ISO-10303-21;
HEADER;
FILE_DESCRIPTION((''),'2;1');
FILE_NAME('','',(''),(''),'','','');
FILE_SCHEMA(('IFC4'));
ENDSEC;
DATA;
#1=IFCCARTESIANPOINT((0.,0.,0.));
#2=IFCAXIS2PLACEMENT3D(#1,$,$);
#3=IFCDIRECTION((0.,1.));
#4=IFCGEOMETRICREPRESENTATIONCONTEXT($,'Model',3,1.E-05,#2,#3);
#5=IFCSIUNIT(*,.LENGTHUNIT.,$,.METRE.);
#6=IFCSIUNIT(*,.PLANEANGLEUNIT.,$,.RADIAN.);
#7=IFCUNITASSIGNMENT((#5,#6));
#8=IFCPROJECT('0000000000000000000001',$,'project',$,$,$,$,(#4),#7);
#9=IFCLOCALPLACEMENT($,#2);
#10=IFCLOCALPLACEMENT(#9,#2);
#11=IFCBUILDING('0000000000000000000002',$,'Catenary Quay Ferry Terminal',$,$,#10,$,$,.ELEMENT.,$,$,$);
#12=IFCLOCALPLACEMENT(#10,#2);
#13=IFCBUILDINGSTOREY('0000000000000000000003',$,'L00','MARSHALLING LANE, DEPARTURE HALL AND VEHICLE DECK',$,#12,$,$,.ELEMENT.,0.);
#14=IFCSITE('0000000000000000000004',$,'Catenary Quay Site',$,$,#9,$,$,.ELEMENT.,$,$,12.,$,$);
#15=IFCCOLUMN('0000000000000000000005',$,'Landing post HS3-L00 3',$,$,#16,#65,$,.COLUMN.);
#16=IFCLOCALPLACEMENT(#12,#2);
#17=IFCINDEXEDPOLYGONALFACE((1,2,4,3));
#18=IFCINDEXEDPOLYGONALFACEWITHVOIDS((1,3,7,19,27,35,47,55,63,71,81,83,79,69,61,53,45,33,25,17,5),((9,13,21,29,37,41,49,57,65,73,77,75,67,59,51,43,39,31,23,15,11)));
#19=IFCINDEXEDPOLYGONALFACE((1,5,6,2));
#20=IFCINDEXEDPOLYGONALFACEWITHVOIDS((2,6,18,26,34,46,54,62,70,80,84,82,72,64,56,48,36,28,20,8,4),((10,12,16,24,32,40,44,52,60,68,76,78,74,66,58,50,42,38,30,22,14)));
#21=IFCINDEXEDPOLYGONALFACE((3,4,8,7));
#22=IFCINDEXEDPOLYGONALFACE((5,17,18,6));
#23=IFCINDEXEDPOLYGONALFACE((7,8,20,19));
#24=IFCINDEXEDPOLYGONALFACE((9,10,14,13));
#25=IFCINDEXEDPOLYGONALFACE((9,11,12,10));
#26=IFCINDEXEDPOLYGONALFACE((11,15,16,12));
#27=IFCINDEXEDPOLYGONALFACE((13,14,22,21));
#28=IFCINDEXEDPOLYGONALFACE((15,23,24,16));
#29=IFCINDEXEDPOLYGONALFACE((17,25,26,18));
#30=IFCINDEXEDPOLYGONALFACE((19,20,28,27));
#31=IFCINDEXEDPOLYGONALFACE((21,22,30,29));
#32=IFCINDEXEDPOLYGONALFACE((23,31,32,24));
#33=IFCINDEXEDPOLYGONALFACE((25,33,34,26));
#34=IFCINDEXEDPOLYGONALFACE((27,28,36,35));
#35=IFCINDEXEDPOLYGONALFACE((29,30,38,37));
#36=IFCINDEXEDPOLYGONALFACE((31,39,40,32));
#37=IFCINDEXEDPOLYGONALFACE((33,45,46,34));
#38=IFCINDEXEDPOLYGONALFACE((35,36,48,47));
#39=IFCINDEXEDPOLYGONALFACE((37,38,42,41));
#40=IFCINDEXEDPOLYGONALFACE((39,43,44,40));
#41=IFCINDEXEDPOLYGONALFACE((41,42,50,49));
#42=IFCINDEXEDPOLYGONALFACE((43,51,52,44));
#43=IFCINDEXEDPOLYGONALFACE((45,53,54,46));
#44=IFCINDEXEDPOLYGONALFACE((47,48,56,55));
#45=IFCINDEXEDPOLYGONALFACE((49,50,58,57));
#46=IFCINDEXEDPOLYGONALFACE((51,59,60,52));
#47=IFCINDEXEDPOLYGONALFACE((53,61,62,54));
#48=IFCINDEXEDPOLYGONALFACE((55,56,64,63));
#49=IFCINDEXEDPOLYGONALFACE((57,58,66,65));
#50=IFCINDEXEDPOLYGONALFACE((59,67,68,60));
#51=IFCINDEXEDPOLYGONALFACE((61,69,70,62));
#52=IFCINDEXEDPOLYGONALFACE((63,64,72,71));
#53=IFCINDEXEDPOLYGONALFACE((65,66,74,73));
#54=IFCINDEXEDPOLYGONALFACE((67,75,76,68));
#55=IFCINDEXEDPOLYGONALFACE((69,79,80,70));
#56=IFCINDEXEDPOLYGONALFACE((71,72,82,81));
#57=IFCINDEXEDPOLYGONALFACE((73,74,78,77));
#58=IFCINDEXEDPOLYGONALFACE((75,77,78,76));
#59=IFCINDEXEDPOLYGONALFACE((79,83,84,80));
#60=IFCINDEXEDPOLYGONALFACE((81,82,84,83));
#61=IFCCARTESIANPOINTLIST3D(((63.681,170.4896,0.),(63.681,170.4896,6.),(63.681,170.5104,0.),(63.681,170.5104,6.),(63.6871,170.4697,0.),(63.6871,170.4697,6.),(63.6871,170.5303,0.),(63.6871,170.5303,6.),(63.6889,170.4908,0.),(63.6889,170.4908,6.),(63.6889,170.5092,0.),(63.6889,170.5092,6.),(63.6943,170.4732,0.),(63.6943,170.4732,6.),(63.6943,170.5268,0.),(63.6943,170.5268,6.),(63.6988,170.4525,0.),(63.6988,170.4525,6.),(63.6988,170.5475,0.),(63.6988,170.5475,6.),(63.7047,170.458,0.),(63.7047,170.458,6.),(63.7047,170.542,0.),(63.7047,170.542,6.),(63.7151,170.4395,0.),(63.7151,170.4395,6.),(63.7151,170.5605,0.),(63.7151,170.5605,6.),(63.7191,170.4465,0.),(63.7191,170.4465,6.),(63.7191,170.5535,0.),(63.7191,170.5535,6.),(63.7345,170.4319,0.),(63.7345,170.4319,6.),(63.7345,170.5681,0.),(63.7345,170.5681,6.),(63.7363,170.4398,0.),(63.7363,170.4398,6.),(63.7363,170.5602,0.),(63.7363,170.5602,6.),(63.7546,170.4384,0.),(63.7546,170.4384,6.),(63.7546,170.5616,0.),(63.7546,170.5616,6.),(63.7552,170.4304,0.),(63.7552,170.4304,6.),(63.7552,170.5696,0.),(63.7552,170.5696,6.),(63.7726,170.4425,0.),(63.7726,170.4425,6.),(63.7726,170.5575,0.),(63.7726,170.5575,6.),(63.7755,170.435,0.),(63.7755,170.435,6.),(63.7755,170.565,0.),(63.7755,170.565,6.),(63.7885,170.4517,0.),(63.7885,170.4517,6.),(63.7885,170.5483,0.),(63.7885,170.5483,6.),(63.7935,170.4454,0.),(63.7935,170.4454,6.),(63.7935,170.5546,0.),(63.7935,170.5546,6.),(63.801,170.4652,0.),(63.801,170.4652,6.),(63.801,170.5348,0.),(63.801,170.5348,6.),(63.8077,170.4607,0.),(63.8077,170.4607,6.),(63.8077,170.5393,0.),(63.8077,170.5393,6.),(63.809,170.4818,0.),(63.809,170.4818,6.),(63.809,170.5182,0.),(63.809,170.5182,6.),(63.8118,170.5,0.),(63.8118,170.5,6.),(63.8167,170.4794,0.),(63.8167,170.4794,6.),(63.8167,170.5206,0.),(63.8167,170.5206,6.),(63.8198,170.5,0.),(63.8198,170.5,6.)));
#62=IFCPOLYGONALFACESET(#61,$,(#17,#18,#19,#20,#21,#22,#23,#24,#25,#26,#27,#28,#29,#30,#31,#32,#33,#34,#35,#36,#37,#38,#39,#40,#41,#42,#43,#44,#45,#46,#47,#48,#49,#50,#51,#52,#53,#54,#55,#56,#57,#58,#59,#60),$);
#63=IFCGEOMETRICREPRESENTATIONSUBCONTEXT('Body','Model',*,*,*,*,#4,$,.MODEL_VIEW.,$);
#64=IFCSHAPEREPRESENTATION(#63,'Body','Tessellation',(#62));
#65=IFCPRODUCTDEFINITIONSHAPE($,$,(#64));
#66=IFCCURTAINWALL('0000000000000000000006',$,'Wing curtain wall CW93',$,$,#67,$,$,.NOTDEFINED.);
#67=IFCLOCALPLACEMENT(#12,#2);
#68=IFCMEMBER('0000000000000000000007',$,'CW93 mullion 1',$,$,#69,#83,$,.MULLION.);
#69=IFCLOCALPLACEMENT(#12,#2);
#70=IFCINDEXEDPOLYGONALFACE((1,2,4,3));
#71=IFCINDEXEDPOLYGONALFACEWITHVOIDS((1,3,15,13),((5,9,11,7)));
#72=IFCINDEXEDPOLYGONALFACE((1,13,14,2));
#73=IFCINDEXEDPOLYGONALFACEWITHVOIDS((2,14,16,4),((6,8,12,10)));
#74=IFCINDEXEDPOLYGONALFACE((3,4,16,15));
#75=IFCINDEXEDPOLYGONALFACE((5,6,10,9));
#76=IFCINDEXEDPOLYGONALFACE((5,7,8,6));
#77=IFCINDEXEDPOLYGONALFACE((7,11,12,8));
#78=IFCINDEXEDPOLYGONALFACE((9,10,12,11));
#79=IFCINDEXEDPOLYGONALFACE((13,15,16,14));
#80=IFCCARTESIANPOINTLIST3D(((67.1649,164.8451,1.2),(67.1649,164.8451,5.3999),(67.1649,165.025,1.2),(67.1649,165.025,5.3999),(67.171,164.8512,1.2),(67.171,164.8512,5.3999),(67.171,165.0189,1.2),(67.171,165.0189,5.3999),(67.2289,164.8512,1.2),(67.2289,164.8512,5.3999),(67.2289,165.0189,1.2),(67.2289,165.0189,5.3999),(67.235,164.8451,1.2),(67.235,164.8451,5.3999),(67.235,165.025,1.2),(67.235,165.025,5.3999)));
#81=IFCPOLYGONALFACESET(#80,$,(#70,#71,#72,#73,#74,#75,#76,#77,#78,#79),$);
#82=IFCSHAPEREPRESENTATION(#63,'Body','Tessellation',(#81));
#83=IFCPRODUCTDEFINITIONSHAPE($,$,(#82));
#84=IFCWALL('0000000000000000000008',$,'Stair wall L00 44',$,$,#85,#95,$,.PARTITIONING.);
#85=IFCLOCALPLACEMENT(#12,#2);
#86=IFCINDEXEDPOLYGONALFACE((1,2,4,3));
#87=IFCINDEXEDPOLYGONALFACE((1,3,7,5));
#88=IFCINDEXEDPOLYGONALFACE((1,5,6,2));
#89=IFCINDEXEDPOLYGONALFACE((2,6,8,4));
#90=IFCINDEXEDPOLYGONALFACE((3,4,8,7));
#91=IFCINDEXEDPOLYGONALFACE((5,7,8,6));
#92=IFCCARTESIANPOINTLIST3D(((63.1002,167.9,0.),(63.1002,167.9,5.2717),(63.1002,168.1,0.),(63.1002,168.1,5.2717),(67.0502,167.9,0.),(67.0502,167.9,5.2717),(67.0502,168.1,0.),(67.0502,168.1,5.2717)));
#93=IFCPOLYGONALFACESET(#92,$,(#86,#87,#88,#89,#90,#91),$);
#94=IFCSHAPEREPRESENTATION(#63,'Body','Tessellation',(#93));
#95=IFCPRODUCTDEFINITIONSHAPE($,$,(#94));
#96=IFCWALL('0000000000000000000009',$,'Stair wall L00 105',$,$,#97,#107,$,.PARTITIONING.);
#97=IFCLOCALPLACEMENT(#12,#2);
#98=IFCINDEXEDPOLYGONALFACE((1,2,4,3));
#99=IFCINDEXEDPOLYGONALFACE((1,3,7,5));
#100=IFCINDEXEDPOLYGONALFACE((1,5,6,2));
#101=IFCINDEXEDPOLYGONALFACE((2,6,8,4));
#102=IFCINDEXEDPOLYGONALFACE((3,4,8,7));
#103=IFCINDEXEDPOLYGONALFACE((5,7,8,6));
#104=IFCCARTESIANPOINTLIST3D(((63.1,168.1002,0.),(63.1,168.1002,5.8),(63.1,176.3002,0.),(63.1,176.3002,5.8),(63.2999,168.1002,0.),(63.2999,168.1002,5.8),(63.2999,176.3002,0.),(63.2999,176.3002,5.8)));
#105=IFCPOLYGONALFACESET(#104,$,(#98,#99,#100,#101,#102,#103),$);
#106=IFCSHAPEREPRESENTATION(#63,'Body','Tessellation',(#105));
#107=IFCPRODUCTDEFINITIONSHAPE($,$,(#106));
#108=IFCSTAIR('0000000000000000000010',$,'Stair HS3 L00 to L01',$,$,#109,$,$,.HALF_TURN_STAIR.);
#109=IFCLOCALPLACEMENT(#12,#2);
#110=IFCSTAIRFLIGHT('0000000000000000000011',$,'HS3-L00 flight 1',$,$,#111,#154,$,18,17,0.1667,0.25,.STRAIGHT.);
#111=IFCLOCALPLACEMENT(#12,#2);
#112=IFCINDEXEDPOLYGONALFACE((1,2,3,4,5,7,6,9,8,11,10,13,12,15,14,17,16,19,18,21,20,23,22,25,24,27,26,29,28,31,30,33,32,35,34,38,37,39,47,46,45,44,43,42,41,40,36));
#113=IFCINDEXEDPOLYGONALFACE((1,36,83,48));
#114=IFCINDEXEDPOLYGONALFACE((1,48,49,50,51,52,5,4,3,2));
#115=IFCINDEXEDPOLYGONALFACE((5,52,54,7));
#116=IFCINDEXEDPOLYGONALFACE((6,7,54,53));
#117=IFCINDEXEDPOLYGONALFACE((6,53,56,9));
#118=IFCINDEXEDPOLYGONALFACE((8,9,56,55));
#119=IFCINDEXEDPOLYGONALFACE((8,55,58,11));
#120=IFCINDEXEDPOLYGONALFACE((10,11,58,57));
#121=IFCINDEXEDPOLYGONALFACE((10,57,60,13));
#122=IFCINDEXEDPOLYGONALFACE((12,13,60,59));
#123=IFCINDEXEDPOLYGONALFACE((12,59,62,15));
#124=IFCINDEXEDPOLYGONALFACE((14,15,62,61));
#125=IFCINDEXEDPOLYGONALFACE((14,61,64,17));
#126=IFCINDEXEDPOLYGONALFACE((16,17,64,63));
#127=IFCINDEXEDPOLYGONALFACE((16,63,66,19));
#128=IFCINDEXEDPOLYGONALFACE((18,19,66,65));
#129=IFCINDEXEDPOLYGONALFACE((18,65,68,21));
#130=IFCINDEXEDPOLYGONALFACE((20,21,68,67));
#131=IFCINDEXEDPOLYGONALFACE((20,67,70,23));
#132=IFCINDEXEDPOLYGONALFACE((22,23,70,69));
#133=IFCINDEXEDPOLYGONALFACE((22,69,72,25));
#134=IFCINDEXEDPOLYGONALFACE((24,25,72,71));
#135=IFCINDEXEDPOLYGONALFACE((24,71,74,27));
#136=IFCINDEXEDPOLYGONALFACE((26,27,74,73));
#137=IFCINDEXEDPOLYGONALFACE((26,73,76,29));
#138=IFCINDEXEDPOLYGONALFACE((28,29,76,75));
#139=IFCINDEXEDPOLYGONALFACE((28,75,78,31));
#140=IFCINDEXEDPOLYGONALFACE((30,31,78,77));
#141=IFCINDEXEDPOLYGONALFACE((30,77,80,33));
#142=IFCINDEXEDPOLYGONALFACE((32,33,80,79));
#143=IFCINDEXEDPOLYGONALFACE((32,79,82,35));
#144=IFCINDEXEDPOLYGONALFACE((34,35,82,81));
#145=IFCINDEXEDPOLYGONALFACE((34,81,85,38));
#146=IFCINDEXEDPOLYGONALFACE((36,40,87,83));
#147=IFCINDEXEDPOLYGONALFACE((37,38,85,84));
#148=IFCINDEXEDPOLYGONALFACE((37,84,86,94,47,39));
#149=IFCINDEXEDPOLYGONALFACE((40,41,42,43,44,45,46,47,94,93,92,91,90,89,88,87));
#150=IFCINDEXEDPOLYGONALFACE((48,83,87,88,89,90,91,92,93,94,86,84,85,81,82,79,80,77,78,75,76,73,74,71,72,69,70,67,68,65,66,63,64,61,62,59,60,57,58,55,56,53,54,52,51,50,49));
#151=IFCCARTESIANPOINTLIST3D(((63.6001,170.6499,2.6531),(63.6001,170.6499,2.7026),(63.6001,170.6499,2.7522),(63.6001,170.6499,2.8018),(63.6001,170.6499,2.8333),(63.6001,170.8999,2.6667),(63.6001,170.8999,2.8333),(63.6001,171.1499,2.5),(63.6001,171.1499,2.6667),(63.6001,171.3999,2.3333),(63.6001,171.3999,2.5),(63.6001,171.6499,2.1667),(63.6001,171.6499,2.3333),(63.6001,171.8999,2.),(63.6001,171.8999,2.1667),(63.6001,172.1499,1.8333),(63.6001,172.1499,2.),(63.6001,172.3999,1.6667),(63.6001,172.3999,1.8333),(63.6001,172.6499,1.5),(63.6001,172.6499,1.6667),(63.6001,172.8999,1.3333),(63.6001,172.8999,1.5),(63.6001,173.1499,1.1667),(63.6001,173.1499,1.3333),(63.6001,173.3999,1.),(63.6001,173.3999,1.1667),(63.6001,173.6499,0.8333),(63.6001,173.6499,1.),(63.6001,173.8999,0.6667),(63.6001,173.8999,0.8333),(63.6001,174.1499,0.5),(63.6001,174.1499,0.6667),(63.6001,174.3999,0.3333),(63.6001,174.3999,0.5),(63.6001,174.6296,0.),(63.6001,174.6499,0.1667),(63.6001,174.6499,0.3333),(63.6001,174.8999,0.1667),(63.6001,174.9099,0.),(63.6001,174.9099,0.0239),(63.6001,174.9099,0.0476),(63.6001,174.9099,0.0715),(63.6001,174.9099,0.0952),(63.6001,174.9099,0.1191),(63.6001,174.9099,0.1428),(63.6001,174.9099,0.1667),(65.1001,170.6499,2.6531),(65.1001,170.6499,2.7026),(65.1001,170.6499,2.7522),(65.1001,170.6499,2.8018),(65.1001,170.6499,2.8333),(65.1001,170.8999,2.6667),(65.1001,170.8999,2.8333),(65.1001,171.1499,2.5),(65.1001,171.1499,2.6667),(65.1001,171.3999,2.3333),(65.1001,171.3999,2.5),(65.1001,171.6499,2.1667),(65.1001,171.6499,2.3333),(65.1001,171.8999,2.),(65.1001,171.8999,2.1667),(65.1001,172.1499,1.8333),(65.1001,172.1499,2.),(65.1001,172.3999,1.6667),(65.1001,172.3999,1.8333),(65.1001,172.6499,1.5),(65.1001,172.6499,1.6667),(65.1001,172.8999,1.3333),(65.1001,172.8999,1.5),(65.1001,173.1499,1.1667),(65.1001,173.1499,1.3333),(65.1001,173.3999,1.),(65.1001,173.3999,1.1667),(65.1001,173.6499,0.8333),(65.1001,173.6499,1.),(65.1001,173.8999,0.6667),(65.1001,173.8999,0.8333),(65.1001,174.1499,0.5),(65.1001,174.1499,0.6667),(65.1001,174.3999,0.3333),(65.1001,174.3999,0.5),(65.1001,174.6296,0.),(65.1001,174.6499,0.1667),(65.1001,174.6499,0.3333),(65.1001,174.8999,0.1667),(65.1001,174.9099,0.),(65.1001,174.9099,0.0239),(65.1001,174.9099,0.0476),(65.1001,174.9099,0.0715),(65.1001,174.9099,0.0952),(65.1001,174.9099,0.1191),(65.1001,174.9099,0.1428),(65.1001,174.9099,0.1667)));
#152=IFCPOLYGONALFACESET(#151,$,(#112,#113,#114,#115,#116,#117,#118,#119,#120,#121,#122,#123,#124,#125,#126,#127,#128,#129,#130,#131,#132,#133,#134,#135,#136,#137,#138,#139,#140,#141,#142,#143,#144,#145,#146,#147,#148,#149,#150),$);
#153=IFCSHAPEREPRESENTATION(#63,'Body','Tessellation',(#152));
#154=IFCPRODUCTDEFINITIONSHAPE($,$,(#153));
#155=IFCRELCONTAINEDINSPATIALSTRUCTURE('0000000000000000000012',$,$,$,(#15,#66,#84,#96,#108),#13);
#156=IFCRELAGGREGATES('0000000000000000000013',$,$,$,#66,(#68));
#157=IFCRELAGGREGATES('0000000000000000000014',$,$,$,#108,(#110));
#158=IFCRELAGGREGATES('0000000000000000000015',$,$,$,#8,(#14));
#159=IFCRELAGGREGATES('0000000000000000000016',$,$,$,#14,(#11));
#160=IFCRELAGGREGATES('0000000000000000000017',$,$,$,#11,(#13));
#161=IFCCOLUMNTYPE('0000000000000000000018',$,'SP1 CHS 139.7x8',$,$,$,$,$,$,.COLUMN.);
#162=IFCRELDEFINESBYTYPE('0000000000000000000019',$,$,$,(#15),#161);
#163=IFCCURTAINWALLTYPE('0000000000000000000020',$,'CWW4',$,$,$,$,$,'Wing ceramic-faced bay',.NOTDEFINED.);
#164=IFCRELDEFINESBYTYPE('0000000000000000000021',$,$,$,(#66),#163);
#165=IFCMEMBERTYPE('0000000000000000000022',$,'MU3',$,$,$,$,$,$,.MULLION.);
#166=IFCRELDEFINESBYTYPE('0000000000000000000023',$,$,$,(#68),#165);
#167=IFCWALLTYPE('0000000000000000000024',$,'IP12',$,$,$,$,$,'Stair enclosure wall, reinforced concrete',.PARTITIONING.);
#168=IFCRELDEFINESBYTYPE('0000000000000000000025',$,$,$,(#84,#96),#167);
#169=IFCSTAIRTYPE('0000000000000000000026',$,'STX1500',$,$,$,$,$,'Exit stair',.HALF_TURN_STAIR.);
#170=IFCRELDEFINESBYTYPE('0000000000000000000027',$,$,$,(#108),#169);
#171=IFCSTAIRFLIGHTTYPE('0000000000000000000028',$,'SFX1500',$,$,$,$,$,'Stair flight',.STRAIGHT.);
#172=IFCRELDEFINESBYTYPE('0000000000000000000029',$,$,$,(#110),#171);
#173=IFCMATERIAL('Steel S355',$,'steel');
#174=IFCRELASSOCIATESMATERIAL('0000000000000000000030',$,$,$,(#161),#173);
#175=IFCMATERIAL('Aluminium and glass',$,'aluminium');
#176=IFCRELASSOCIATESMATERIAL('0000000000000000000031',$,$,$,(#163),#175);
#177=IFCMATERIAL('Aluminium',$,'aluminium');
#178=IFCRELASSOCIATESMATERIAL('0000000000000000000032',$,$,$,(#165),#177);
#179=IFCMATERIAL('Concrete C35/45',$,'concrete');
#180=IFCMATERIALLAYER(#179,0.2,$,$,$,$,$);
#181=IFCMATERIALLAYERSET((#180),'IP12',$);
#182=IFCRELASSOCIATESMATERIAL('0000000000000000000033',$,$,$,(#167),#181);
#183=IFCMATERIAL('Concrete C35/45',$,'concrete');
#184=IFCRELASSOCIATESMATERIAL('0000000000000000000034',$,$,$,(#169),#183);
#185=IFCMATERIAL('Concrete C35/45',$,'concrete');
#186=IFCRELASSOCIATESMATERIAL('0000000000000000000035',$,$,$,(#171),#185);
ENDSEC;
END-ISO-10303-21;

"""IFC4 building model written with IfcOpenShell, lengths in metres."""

from ifc_helpers import new_model, si_unit, direction, frame, frame_2d, origin, origin_2d, place, context, subcontext, project, spatial, polyline, rectangle, hollow_rectangle, hollow_circle, outline, extrude, material, layer, layer_set, material_profile, profile_set, type_object, element, aggregate, save


model = new_model("IFC4")

# Units and contexts
model_context = context("Model", 3, precision=1e-05, world=origin(), true_north=direction((0.0, 1.0)))
body_context = subcontext(model_context, "Body", "Model", "MODEL_VIEW")
ifc_project = project(units=[si_unit("LENGTHUNIT", "METRE"), si_unit("PLANEANGLEUNIT", "RADIAN")], contexts=[model_context])

# Site, building, storey
site_placement = place(None, origin())
site = spatial("IfcSite", under=ifc_project, at=site_placement, Name="Catenary Quay Site", CompositionType="ELEMENT", RefElevation=12.0)
building_placement = place(site_placement, origin())
building = spatial("IfcBuilding", under=site, at=building_placement, Name="Catenary Quay Ferry Terminal", CompositionType="ELEMENT")
storey_placement = place(building_placement, origin())
storey = spatial("IfcBuildingStorey", under=building, at=storey_placement, Name="L00", Description="MARSHALLING LANE, DEPARTURE HALL AND VEHICLE DECK", CompositionType="ELEMENT", Elevation=0.0)

# Column
ifc_material_1 = material(Name="Steel S355", Category="steel")
ifc_material_profile_1 = material_profile(ifc_material_1, hollow_circle(Radius=0.0698, WallThickness=0.0081, at=origin_2d()), Name="CHS 139.7x8")
ifc_profile_set_1 = profile_set([ifc_material_profile_1], Name="Steel S355")
column_type_1 = type_object("IfcColumnType", Name="SP1 CHS 139.7x8", PredefinedType="COLUMN", material=ifc_profile_set_1)
for number, where, z_axis, x_axis, name in (
    (1, (63.75, 170.5, 0.0), (0.0, 0.0, 1.0), (1.0, 0.0, 0.0), "Landing post HS3-L00 3"),
):
    element("IfcColumn", number, at=place(storey_placement, frame(where, z_axis=z_axis, x_axis=x_axis)), inside=storey, type_object=column_type_1, Name=name, PredefinedType="COLUMN", context=body_context, shape_type="SweptSolid", body=[
        extrude(hollow_circle(Radius=0.0698, WallThickness=0.0081, at=origin_2d()), origin(), (0.0, 0.0, 1.0), 6.0),
    ])

# Curtain wall, member
ifc_material_2 = material(Name="Aluminium and glass", Category="aluminium")
curtain_wall_type = type_object("IfcCurtainWallType", Name="CWW4", ElementType="Wing ceramic-faced bay", PredefinedType="NOTDEFINED", material=ifc_material_2)
curtain_wall_placement = place(storey_placement, origin())
curtain_wall = element("IfcCurtainWall", 2, at=curtain_wall_placement, inside=storey, type_object=curtain_wall_type, Name="Wing curtain wall CW93", PredefinedType="NOTDEFINED")
ifc_material_3 = material(Name="Aluminium", Category="aluminium")
ifc_material_profile_2 = material_profile(ifc_material_3, hollow_rectangle(XDim=0.0701, YDim=0.1799, WallThickness=0.0061, at=origin_2d()), Name="MU3")
ifc_profile_set_2 = profile_set([ifc_material_profile_2], Name="Aluminium")
member_type = type_object("IfcMemberType", Name="MU3", PredefinedType="MULLION", material=ifc_profile_set_2)
member_placement = place(storey_placement, frame((67.2, 164.9351, 1.2), z_axis=(0.0, 0.0, 1.0), x_axis=(-1.0, 0.0, 0.0)))
member = element("IfcMember", 3, at=member_placement, type_object=member_type, Name="CW93 mullion 1", PredefinedType="MULLION", context=body_context, shape_type="SweptSolid", body=[
    extrude(hollow_rectangle(XDim=0.0701, YDim=0.1799, WallThickness=0.0061, at=origin_2d()), origin(), (0.0, 0.0, 1.0), 4.2),
])
aggregate(curtain_wall, [member])

# Wall
ifc_material_4 = material(Name="Concrete C35/45", Category="concrete")
ifc_layer_1 = layer(ifc_material_4, 0.2)
ifc_layer_set_1 = layer_set([ifc_layer_1], Name="IP12")
wall_type_1 = type_object("IfcWallType", Name="IP12", ElementType="Stair enclosure wall, reinforced concrete", PredefinedType="PARTITIONING", material=ifc_layer_set_1)
wall_1_placement = place(storey_placement, frame((63.1001, 168.0, 0.0), z_axis=(0.0, 0.0, 1.0), x_axis=(1.0, 0.0, 0.0)))
element("IfcWall", 4, at=wall_1_placement, inside=storey, type_object=wall_type_1, Name="Stair wall L00 44", PredefinedType="PARTITIONING", context=body_context, shape_type="SweptSolid", body=[
    extrude(rectangle(XDim=3.95, YDim=0.2, at=frame_2d((1.9751, 0.0))), origin(), (0.0, 0.0, 1.0), 5.2717),
])

# Wall
wall_2_placement = place(storey_placement, frame((63.2, 168.1001, 0.0), z_axis=(0.0, 0.0, 1.0), x_axis=(0.0, 1.0, 0.0)))
element("IfcWall", 5, at=wall_2_placement, inside=storey, type_object=wall_type_1, Name="Stair wall L00 105", PredefinedType="PARTITIONING", context=body_context, shape_type="SweptSolid", body=[
    extrude(rectangle(XDim=8.2, YDim=0.2, at=frame_2d((4.1001, 0.0))), origin(), (0.0, 0.0, 1.0), 5.8),
])

# Stair, stair flight
ifc_material_5 = material(Name="Concrete C35/45", Category="concrete")
stair_type = type_object("IfcStairType", Name="STX1500", ElementType="Exit stair", PredefinedType="HALF_TURN_STAIR", material=ifc_material_5)
stair_placement = place(storey_placement, origin())
stair = element("IfcStair", 6, at=stair_placement, inside=storey, type_object=stair_type, Name="Stair HS3 L00 to L01", PredefinedType="HALF_TURN_STAIR")
ifc_material_6 = material(Name="Concrete C35/45", Category="concrete")
stair_flight_type = type_object("IfcStairFlightType", Name="SFX1500", ElementType="Stair flight", PredefinedType="STRAIGHT", material=ifc_material_6)
stair_flight_1_placement = place(storey_placement, frame((64.3501, 174.8999, 0.0), z_axis=(0.0, 0.0, 1.0), x_axis=(0.0, -1.0, 0.0)))
stair_flight_1 = element("IfcStairFlight", 7, at=stair_flight_1_placement, type_object=stair_flight_type, Name="HS3-L00 flight 1", NumberOfRisers=18, NumberOfTreads=17, PredefinedType="STRAIGHT", RiserHeight=0.1667, TreadLength=0.25, context=body_context, shape_type="SweptSolid", body=[
    extrude(outline(polyline([(-0.01, 0.0), (-0.01, 0.0239), (-0.01, 0.0476), (-0.01, 0.0715), (-0.01, 0.0952), (-0.01, 0.1191), (-0.01, 0.1428), (-0.01, 0.1667), (0.0, 0.1667), (0.25, 0.1667), (0.25, 0.3333), (0.5, 0.3333), (0.5, 0.5), (0.75, 0.5), (0.75, 0.6667), (1.0, 0.6667), (1.0, 0.8333), (1.25, 0.8333), (1.25, 1.0), (1.5, 1.0), (1.5, 1.1667), (1.75, 1.1667), (1.75, 1.3333), (2.0, 1.3333), (2.0, 1.5), (2.25, 1.5), (2.25, 1.6667), (2.5, 1.6667), (2.5, 1.8333), (2.75, 1.8333), (2.75, 2.0), (3.0, 2.0), (3.0, 2.1667), (3.25, 2.1667), (3.25, 2.3333), (3.5, 2.3333), (3.5, 2.5), (3.75, 2.5), (3.75, 2.6667), (4.0, 2.6667), (4.0, 2.8333), (4.25, 2.8333), (4.25, 3.0), (4.25, 2.9504), (4.25, 2.9009), (4.25, 2.8513), (4.25, 2.8018), (4.25, 2.7522), (4.25, 2.7026), (4.25, 2.6531), (0.2703, 0.0), (-0.01, 0.0)])), frame((0.0, 0.75, 0.0), z_axis=(0.0, -1.0, 0.0), x_axis=(1.0, 0.0, 0.0)), (0.0, 0.0, 1.0), 1.5),
])
aggregate(stair, [stair_flight_1])

save(model, "model.ifc")
